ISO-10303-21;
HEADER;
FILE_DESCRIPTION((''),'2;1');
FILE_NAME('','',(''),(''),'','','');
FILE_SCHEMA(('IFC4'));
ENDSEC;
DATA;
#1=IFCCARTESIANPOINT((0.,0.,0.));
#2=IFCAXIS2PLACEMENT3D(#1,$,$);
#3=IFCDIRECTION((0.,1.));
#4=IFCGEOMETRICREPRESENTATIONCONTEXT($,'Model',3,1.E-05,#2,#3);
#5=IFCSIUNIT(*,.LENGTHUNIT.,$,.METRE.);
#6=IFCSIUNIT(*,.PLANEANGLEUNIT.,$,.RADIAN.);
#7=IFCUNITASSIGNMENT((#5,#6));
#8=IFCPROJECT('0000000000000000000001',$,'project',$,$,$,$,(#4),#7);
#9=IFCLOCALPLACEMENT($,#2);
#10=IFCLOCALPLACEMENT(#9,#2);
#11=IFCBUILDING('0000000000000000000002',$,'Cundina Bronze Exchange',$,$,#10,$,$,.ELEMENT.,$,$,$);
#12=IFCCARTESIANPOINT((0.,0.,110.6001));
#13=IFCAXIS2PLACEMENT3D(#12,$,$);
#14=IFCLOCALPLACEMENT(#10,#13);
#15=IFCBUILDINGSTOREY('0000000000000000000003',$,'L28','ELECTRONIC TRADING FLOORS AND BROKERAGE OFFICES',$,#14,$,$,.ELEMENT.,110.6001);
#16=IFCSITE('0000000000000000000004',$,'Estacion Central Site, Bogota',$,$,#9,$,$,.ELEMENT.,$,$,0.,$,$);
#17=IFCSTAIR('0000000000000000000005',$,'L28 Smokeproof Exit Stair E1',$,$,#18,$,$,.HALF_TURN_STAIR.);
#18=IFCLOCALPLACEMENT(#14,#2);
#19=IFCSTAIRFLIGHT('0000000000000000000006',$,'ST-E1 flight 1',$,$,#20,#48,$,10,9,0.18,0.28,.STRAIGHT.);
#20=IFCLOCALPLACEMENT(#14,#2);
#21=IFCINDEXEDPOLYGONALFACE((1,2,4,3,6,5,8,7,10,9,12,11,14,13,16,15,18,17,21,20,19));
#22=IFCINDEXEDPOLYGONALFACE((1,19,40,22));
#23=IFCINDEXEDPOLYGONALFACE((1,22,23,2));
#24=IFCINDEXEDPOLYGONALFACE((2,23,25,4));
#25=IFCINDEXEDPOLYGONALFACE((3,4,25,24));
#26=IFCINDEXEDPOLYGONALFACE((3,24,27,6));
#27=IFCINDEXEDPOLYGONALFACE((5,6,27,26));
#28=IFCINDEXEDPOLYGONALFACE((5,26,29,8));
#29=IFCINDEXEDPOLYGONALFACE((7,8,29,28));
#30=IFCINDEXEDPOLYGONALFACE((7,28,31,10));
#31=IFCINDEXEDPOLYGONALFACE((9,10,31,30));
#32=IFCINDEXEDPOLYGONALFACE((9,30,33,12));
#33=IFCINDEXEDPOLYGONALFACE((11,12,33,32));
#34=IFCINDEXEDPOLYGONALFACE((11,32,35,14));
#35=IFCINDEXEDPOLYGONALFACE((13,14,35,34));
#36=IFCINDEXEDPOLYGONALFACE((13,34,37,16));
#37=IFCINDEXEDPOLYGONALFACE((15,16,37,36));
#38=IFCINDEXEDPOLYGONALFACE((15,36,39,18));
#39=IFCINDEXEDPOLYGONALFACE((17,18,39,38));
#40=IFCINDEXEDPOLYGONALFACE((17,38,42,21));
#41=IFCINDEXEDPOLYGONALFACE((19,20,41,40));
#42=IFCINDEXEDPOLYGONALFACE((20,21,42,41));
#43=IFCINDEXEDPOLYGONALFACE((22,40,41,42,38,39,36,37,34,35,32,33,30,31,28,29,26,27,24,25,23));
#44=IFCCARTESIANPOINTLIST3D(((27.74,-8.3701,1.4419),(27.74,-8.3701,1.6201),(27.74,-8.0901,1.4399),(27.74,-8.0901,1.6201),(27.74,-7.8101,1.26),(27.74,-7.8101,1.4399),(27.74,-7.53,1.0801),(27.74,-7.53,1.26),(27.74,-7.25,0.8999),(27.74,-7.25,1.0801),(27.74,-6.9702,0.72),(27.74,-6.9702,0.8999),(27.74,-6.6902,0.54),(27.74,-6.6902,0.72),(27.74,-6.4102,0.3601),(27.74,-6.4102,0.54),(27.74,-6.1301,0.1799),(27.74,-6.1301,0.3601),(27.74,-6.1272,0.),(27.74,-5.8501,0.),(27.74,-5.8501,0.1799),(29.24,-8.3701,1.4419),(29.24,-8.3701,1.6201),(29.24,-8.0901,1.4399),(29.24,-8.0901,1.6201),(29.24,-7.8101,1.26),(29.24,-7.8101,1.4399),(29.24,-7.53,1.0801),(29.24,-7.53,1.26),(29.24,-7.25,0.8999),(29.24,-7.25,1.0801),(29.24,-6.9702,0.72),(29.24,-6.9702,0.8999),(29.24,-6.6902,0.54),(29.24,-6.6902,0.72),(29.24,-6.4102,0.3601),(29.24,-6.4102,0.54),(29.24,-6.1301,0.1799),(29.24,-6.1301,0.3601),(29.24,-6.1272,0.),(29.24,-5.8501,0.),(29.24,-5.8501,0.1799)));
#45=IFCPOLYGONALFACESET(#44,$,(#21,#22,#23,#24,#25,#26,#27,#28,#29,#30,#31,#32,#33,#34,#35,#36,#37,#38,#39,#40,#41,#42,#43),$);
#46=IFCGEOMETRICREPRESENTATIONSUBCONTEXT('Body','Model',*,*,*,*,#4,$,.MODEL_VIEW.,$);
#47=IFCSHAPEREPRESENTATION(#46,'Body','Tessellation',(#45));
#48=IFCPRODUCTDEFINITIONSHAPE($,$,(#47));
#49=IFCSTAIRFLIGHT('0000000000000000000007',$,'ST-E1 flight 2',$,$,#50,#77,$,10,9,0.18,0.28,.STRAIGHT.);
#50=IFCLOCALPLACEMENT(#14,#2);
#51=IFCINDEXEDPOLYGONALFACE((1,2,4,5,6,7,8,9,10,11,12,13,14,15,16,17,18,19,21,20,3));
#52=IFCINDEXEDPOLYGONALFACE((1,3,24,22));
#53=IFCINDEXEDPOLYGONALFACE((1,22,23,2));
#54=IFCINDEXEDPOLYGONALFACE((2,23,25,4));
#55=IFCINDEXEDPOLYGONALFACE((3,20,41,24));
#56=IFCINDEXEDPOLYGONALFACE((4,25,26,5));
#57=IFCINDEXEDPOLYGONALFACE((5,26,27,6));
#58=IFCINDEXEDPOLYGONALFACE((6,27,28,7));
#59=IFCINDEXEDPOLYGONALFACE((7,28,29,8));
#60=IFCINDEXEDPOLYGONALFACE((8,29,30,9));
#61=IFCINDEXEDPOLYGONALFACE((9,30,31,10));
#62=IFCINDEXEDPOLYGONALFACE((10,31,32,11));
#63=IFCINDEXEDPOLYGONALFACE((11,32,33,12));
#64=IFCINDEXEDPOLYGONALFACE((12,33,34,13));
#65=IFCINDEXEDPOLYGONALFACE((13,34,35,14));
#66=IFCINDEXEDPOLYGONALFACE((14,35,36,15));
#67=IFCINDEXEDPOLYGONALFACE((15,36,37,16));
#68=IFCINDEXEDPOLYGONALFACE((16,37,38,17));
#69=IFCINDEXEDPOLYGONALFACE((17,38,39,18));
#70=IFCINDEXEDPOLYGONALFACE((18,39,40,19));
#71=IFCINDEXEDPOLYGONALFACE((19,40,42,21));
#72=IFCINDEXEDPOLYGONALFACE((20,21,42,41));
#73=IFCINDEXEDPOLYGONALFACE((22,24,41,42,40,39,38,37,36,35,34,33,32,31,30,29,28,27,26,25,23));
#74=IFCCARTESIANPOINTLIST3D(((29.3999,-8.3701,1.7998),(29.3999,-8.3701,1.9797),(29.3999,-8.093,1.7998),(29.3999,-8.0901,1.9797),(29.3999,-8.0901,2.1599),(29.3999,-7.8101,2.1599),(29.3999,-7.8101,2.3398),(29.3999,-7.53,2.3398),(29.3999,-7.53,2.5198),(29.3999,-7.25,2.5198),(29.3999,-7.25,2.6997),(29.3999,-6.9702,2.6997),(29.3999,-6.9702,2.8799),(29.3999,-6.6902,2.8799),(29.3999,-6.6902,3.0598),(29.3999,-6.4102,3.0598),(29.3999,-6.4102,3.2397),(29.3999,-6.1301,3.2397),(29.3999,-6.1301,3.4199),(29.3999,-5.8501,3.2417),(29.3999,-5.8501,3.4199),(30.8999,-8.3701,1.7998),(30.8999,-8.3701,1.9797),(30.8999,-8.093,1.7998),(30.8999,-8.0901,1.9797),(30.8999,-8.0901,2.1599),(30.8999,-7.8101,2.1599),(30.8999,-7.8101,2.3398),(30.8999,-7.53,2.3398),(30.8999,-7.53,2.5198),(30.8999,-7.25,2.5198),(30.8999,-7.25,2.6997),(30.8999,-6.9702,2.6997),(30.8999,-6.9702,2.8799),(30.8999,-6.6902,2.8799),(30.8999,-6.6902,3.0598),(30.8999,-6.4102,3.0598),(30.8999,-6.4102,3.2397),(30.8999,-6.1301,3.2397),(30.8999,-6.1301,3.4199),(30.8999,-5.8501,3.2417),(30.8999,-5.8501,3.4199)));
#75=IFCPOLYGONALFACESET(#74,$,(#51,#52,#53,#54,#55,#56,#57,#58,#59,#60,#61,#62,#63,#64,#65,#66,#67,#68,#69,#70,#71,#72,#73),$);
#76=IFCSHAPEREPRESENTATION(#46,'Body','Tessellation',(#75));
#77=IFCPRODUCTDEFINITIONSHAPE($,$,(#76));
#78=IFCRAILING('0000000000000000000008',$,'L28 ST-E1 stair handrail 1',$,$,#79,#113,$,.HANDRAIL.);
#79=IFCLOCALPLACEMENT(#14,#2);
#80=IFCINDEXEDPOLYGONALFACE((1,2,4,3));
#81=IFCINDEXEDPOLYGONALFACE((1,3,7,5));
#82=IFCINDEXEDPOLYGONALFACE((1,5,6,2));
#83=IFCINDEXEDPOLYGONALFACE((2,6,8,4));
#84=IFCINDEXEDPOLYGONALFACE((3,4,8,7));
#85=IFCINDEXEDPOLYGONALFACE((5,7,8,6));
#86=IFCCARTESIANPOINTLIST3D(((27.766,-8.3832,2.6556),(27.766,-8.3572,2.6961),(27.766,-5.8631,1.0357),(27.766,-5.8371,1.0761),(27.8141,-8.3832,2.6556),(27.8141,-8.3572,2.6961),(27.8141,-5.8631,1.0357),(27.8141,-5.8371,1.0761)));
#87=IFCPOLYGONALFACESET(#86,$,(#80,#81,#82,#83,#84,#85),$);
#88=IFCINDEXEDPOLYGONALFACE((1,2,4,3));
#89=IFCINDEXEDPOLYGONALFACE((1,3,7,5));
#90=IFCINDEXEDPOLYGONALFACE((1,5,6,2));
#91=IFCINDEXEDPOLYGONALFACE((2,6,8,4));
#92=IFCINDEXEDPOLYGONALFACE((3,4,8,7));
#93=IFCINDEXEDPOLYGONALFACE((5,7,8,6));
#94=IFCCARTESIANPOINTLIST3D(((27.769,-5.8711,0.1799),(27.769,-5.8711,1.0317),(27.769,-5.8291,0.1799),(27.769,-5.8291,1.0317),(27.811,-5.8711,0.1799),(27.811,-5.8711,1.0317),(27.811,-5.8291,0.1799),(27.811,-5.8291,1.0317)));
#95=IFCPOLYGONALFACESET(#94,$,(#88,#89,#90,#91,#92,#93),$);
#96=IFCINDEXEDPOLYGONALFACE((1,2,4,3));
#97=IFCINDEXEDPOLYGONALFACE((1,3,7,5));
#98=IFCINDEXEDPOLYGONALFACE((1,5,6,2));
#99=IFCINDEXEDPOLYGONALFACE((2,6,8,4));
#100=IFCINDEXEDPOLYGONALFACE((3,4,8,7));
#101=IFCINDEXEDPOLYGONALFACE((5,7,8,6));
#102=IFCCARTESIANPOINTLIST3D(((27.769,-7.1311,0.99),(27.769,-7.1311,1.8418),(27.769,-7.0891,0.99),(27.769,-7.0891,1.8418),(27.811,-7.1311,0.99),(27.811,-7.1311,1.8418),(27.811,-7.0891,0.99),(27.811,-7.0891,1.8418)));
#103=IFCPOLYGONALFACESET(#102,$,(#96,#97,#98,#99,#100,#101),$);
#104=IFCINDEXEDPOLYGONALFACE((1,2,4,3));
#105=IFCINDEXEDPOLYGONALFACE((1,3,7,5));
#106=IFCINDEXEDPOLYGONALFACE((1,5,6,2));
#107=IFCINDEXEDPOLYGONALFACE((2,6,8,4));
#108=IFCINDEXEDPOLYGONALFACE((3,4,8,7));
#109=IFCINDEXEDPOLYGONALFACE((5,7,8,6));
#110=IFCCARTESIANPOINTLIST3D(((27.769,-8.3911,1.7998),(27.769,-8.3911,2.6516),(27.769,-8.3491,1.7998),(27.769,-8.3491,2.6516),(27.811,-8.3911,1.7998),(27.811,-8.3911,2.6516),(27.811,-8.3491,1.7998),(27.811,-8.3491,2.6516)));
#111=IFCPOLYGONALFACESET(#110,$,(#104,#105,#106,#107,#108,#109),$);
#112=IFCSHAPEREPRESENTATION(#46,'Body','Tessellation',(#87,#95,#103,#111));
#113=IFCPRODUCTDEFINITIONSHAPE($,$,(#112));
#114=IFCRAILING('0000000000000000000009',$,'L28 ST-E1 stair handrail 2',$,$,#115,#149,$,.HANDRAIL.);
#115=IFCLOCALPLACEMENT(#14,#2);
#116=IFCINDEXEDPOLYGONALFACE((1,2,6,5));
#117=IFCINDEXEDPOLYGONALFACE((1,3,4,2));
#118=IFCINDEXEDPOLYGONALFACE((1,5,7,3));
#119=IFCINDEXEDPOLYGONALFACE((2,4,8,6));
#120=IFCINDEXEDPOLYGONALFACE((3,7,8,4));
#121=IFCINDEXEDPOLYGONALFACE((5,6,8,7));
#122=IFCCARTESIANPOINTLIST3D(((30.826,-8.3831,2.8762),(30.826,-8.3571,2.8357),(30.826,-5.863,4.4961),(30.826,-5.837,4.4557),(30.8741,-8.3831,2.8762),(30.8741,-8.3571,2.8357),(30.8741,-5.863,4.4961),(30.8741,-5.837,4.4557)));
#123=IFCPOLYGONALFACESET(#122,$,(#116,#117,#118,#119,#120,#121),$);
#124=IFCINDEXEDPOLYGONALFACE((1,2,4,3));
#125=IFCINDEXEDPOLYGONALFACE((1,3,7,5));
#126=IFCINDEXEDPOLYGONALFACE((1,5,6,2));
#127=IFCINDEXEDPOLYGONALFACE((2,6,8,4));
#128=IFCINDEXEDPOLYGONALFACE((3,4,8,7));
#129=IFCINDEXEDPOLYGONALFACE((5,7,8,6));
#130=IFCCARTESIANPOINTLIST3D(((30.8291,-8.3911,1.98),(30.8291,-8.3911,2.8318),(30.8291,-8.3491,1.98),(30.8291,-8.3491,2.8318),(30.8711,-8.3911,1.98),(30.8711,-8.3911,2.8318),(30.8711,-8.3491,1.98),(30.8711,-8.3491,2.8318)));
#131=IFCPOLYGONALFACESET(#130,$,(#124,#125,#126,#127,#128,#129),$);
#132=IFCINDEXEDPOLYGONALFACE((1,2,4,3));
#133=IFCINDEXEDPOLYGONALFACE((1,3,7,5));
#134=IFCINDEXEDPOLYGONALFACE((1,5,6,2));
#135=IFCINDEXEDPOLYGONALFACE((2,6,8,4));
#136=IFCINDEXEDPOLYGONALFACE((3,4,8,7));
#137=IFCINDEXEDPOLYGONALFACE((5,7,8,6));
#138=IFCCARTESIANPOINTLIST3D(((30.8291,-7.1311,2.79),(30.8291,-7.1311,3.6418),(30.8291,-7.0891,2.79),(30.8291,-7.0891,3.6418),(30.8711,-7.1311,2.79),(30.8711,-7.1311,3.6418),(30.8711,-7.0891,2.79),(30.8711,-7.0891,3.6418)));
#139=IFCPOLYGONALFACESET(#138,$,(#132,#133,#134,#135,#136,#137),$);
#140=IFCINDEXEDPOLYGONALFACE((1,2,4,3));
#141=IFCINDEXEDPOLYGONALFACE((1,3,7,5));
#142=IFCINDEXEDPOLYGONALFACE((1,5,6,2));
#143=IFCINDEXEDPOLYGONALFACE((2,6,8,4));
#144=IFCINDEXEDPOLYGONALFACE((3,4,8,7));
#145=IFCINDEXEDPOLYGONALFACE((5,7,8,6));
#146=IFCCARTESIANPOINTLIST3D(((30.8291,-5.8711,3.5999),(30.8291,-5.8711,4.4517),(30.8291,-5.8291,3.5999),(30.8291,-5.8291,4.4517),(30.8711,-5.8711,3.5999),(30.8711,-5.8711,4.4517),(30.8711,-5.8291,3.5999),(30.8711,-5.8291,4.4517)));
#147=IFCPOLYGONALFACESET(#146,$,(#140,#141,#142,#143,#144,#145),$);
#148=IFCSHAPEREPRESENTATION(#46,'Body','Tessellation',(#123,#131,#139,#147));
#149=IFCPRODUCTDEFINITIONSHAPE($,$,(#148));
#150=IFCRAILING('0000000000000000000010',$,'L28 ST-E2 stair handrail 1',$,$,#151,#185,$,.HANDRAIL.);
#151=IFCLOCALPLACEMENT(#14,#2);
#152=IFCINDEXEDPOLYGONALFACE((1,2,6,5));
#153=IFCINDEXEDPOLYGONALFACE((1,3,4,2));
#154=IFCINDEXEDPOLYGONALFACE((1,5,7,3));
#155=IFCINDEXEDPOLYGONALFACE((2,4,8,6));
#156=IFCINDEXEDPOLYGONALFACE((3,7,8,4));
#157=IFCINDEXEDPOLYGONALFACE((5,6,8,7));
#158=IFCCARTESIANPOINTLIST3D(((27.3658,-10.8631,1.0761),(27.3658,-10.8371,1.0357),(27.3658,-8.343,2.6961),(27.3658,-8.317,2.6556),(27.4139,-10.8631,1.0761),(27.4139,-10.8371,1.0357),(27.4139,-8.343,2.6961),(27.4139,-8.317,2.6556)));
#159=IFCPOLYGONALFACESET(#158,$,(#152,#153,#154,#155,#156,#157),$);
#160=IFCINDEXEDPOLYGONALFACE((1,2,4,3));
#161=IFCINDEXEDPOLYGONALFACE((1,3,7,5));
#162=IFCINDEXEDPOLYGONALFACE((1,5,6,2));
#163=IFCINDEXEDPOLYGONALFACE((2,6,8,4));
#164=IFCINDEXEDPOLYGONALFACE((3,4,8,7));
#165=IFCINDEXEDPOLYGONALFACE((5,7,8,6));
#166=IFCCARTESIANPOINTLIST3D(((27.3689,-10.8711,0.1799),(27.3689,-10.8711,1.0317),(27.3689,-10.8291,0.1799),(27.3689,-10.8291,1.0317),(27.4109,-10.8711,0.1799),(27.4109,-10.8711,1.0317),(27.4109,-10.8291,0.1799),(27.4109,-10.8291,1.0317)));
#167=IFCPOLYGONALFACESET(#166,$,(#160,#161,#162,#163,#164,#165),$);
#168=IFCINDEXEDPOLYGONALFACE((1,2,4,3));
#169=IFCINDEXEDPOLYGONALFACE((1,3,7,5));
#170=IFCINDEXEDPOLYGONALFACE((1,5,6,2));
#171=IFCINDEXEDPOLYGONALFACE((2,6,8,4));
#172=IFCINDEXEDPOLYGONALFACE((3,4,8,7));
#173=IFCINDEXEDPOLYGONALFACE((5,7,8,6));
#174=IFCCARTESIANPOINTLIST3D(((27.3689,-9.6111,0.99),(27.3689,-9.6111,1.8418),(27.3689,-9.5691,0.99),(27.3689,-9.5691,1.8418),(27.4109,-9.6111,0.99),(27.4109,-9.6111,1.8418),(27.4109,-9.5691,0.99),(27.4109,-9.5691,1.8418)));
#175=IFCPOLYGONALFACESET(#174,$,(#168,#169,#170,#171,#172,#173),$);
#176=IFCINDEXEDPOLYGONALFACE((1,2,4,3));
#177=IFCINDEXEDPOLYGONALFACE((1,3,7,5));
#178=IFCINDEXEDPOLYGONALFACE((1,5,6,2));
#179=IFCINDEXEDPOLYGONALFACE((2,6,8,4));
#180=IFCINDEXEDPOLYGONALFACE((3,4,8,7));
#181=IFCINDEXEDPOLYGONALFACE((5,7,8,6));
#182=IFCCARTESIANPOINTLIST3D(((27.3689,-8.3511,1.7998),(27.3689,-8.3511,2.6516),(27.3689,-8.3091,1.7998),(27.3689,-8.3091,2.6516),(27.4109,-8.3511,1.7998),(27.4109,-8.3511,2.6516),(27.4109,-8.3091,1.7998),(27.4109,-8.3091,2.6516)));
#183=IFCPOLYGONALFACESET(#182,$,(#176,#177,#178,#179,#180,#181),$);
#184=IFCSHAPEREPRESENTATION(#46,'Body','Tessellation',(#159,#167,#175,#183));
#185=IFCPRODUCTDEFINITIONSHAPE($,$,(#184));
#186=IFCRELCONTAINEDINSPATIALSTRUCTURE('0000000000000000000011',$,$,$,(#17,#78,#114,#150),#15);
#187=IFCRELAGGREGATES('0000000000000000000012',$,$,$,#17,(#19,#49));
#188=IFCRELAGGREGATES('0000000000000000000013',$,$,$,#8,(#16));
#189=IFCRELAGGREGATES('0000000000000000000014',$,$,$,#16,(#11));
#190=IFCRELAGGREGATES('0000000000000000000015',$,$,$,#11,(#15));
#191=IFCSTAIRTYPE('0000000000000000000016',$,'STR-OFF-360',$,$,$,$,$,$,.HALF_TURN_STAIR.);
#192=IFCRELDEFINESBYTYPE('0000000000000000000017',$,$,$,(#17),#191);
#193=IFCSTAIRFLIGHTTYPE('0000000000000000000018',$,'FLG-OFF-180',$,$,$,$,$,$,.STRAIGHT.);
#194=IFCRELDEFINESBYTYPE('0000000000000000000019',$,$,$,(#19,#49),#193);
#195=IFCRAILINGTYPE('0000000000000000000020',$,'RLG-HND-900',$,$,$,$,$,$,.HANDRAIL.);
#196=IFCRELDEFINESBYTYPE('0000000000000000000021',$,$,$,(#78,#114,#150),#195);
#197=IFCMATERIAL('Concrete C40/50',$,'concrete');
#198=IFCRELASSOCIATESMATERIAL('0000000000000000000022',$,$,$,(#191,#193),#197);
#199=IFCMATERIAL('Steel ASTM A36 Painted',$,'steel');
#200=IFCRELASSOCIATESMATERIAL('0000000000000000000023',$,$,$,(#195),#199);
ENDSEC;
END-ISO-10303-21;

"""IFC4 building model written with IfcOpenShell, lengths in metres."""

from ifc_helpers import new_model, si_unit, direction, frame, origin, origin_2d, place, context, subcontext, project, spatial, polyline, rectangle, outline, extrude, material, type_object, element, aggregate, save


model = new_model("IFC4")

# Units and contexts
model_context = context("Model", 3, precision=1e-05, world=origin(), true_north=direction((0.0, 1.0)))
body_context = subcontext(model_context, "Body", "Model", "MODEL_VIEW")
ifc_project = project(units=[si_unit("LENGTHUNIT", "METRE"), si_unit("PLANEANGLEUNIT", "RADIAN")], contexts=[model_context])

# Site, building, storey
site_placement = place(None, origin())
site = spatial("IfcSite", under=ifc_project, at=site_placement, Name="Estacion Central Site, Bogota", CompositionType="ELEMENT", RefElevation=0.0)
building_placement = place(site_placement, origin())
building = spatial("IfcBuilding", under=site, at=building_placement, Name="Cundina Bronze Exchange", CompositionType="ELEMENT")
storey_placement = place(building_placement, frame((0.0, 0.0, 110.6001)))
storey = spatial("IfcBuildingStorey", under=building, at=storey_placement, Name="L28", Description="ELECTRONIC TRADING FLOORS AND BROKERAGE OFFICES", CompositionType="ELEMENT", Elevation=110.6001)

# Stair, stair flights
ifc_material_1 = material(Name="Concrete C40/50", Category="concrete")
stair_type = type_object("IfcStairType", Name="STR-OFF-360", PredefinedType="HALF_TURN_STAIR", material=ifc_material_1)
stair_placement = place(storey_placement, origin())
stair = element("IfcStair", 1, at=stair_placement, inside=storey, type_object=stair_type, Name="L28 Smokeproof Exit Stair E1", PredefinedType="HALF_TURN_STAIR")
stair_flight_type = type_object("IfcStairFlightType", Name="FLG-OFF-180", PredefinedType="STRAIGHT", material=ifc_material_1)
stair_flight_1_placement = place(storey_placement, frame((28.49, -5.8501, 0.0), z_axis=(0.0, 0.0, 1.0), x_axis=(0.0, -1.0, 0.0)))
stair_flight_1 = element("IfcStairFlight", 2, at=stair_flight_1_placement, type_object=stair_flight_type, Name="ST-E1 flight 1", NumberOfRisers=10, NumberOfTreads=9, PredefinedType="STRAIGHT", RiserHeight=0.18, TreadLength=0.28, context=body_context, shape_type="SweptSolid", body=[
    extrude(outline(polyline([(0.0, 0.0), (0.0, 0.1799), (0.28, 0.1799), (0.28, 0.3601), (0.5601, 0.3601), (0.5601, 0.54), (0.8401, 0.54), (0.8401, 0.72), (1.1201, 0.72), (1.1201, 0.8999), (1.3999, 0.8999), (1.3999, 1.0801), (1.6799, 1.0801), (1.6799, 1.26), (1.96, 1.26), (1.96, 1.4399), (2.24, 1.4399), (2.24, 1.6201), (2.52, 1.6201), (2.52, 1.8), (2.52, 1.4419), (0.2771, 0.0), (0.0, 0.0)])), frame((0.0, 0.75, 0.0), z_axis=(0.0, -1.0, 0.0), x_axis=(1.0, 0.0, 0.0)), (0.0, 0.0, 1.0), 1.5),
])
stair_flight_2_placement = place(storey_placement, frame((30.1499, -8.3701, 1.7998), z_axis=(0.0, 0.0, 1.0), x_axis=(0.0, 1.0, 0.0)))
stair_flight_2 = element("IfcStairFlight", 3, at=stair_flight_2_placement, type_object=stair_flight_type, Name="ST-E1 flight 2", NumberOfRisers=10, NumberOfTreads=9, PredefinedType="STRAIGHT", RiserHeight=0.18, TreadLength=0.28, context=body_context, shape_type="SweptSolid", body=[
    extrude(outline(polyline([(0.0, 0.0), (0.0, 0.1799), (0.28, 0.1799), (0.28, 0.3601), (0.5601, 0.3601), (0.5601, 0.54), (0.8401, 0.54), (0.8401, 0.72), (1.1201, 0.72), (1.1201, 0.8999), (1.3999, 0.8999), (1.3999, 1.0801), (1.6799, 1.0801), (1.6799, 1.26), (1.96, 1.26), (1.96, 1.4399), (2.24, 1.4399), (2.24, 1.6201), (2.52, 1.6201), (2.52, 1.8), (2.52, 1.4419), (0.2771, 0.0), (0.0, 0.0)])), frame((0.0, 0.75, 0.0), z_axis=(0.0, -1.0, 0.0), x_axis=(1.0, 0.0, 0.0)), (0.0, 0.0, 1.0), 1.5),
])
aggregate(stair, [stair_flight_1, stair_flight_2])

# Railings
ifc_material_2 = material(Name="Steel ASTM A36 Painted", Category="steel")
railing_type_1 = type_object("IfcRailingType", Name="RLG-HND-900", PredefinedType="HANDRAIL", material=ifc_material_2)
railing_1_placement = place(storey_placement, frame((27.79, -5.8501, 0.1799)))
element("IfcRailing", 4, at=railing_1_placement, inside=storey, type_object=railing_type_1, Name="L28 ST-E1 stair handrail 1", PredefinedType="HANDRAIL", context=body_context, shape_type="SweptSolid", body=[
    extrude(rectangle(XDim=0.0481, YDim=0.0481, at=origin_2d()), frame((0.0, 0.0, 0.876), z_axis=(0.0, -0.8412, 0.540725), x_axis=(1.0, 0.0, 0.0)), (0.0, 0.0, 1.0), 2.9958),
    extrude(rectangle(XDim=0.042, YDim=0.042, at=origin_2d()), origin(), (0.0, 0.0, 1.0), 0.8518),
    extrude(rectangle(XDim=0.042, YDim=0.042, at=origin_2d()), frame((0.0, -1.26, 0.8101)), (0.0, 0.0, 1.0), 0.8518),
    extrude(rectangle(XDim=0.042, YDim=0.042, at=origin_2d()), frame((0.0, -2.52, 1.6199)), (0.0, 0.0, 1.0), 0.8518),
])
for number, where, name in (
    (5, (30.8501, -8.3701, 1.98), "L28 ST-E1 stair handrail 2"),
    (6, (27.3899, -10.8501, 0.1799), "L28 ST-E2 stair handrail 1"),
):
    element("IfcRailing", number, at=place(storey_placement, frame(where)), inside=storey, type_object=railing_type_1, Name=name, PredefinedType="HANDRAIL", context=body_context, shape_type="SweptSolid", body=[
        extrude(rectangle(XDim=0.0481, YDim=0.0481, at=origin_2d()), frame((0.0, 0.0, 0.876), z_axis=(0.0, 0.8412, 0.540725), x_axis=(-1.0, 0.0, 0.0)), (0.0, 0.0, 1.0), 2.9958),
        extrude(rectangle(XDim=0.042, YDim=0.042, at=origin_2d()), origin(), (0.0, 0.0, 1.0), 0.8518),
        extrude(rectangle(XDim=0.042, YDim=0.042, at=origin_2d()), frame((0.0, 1.26, 0.8101)), (0.0, 0.0, 1.0), 0.8518),
        extrude(rectangle(XDim=0.042, YDim=0.042, at=origin_2d()), frame((0.0, 2.52, 1.6199)), (0.0, 0.0, 1.0), 0.8518),
    ])

save(model, "model.ifc")
